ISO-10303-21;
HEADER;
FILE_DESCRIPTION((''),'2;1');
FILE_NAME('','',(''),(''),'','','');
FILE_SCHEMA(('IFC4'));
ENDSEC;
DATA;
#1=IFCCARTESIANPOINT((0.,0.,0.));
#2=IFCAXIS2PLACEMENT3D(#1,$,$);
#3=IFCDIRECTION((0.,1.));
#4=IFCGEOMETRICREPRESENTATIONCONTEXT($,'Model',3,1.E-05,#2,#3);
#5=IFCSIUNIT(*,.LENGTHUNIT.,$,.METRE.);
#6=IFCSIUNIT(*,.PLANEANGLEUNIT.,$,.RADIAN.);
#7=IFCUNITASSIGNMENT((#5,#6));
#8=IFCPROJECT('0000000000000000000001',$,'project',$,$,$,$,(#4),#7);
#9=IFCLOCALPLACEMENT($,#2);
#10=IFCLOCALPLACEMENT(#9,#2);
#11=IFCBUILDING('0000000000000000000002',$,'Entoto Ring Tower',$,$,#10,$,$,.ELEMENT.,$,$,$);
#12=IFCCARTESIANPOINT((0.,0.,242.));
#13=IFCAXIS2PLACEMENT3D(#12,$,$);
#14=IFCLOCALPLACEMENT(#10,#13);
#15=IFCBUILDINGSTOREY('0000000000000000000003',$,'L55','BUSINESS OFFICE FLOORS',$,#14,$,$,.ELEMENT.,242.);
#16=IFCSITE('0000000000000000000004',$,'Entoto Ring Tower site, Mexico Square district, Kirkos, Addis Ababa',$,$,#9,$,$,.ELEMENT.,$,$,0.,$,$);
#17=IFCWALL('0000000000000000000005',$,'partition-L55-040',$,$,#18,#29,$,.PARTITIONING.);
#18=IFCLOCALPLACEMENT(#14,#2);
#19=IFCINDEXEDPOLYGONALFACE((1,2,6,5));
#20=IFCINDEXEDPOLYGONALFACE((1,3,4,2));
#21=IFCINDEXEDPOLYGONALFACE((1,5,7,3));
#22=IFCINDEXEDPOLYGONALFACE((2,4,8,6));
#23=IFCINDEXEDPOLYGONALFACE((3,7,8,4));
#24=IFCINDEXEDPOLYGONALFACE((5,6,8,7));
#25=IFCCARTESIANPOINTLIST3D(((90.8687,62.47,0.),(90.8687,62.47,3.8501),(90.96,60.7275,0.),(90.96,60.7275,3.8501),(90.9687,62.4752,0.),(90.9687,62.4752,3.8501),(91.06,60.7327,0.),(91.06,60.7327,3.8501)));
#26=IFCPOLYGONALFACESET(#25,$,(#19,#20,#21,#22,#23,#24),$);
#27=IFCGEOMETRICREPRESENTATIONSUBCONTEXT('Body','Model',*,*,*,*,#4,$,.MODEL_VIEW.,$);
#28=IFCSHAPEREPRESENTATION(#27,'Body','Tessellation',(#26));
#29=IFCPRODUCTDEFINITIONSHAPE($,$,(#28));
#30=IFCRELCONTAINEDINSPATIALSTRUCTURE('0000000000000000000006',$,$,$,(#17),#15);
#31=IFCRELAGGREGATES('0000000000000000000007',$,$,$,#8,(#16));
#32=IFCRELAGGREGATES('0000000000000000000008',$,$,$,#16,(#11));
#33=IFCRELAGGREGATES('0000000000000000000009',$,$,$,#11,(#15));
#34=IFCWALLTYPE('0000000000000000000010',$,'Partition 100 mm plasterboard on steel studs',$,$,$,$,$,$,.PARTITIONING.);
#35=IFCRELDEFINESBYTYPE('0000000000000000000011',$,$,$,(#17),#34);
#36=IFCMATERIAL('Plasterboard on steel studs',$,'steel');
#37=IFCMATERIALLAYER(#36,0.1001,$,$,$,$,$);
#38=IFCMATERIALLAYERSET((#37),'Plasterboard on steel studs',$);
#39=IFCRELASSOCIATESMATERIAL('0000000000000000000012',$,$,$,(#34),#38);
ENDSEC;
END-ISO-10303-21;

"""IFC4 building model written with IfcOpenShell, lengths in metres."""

from ifc_helpers import new_model, si_unit, direction, frame, frame_2d, origin, place, context, subcontext, project, spatial, rectangle, extrude, material, layer, layer_set, type_object, element, save


model = new_model("IFC4")

# Units and contexts
model_context = context("Model", 3, precision=1e-05, world=origin(), true_north=direction((0.0, 1.0)))
body_context = subcontext(model_context, "Body", "Model", "MODEL_VIEW")
ifc_project = project(units=[si_unit("LENGTHUNIT", "METRE"), si_unit("PLANEANGLEUNIT", "RADIAN")], contexts=[model_context])

# Site, building, storey
site_placement = place(None, origin())
site = spatial("IfcSite", under=ifc_project, at=site_placement, Name="Entoto Ring Tower site, Mexico Square district, Kirkos, Addis Ababa", CompositionType="ELEMENT", RefElevation=0.0)
building_placement = place(site_placement, origin())
building = spatial("IfcBuilding", under=site, at=building_placement, Name="Entoto Ring Tower", CompositionType="ELEMENT")
storey_placement = place(building_placement, frame((0.0, 0.0, 242.0)))
storey = spatial("IfcBuildingStorey", under=building, at=storey_placement, Name="L55", Description="BUSINESS OFFICE FLOORS", CompositionType="ELEMENT", Elevation=242.0)

# Shared definitions
ifc_material_1 = material(Name="Plasterboard on steel studs", Category="steel")
ifc_layer = layer(ifc_material_1, 0.1001)
ifc_layer_set = layer_set([ifc_layer], Name="Plasterboard on steel studs")
wall_type = type_object("IfcWallType", Name="Partition 100 mm plasterboard on steel studs", PredefinedType="PARTITIONING", material=ifc_layer_set)

# Wall
wall_1_placement = place(storey_placement, frame((91.01, 60.73, 0.0), z_axis=(0.0, 0.0, 1.0), x_axis=(-0.052331, 0.99863, 0.0)))
element("IfcWall", 1, at=wall_1_placement, inside=storey, type_object=wall_type, Name="partition-L55-040", PredefinedType="PARTITIONING", context=body_context, shape_type="SweptSolid", body=[
    extrude(rectangle(XDim=1.7449, YDim=0.1001, at=frame_2d((0.8726, 0.0))), origin(), (0.0, 0.0, 1.0), 3.8501),
])

save(model, "model.ifc")
